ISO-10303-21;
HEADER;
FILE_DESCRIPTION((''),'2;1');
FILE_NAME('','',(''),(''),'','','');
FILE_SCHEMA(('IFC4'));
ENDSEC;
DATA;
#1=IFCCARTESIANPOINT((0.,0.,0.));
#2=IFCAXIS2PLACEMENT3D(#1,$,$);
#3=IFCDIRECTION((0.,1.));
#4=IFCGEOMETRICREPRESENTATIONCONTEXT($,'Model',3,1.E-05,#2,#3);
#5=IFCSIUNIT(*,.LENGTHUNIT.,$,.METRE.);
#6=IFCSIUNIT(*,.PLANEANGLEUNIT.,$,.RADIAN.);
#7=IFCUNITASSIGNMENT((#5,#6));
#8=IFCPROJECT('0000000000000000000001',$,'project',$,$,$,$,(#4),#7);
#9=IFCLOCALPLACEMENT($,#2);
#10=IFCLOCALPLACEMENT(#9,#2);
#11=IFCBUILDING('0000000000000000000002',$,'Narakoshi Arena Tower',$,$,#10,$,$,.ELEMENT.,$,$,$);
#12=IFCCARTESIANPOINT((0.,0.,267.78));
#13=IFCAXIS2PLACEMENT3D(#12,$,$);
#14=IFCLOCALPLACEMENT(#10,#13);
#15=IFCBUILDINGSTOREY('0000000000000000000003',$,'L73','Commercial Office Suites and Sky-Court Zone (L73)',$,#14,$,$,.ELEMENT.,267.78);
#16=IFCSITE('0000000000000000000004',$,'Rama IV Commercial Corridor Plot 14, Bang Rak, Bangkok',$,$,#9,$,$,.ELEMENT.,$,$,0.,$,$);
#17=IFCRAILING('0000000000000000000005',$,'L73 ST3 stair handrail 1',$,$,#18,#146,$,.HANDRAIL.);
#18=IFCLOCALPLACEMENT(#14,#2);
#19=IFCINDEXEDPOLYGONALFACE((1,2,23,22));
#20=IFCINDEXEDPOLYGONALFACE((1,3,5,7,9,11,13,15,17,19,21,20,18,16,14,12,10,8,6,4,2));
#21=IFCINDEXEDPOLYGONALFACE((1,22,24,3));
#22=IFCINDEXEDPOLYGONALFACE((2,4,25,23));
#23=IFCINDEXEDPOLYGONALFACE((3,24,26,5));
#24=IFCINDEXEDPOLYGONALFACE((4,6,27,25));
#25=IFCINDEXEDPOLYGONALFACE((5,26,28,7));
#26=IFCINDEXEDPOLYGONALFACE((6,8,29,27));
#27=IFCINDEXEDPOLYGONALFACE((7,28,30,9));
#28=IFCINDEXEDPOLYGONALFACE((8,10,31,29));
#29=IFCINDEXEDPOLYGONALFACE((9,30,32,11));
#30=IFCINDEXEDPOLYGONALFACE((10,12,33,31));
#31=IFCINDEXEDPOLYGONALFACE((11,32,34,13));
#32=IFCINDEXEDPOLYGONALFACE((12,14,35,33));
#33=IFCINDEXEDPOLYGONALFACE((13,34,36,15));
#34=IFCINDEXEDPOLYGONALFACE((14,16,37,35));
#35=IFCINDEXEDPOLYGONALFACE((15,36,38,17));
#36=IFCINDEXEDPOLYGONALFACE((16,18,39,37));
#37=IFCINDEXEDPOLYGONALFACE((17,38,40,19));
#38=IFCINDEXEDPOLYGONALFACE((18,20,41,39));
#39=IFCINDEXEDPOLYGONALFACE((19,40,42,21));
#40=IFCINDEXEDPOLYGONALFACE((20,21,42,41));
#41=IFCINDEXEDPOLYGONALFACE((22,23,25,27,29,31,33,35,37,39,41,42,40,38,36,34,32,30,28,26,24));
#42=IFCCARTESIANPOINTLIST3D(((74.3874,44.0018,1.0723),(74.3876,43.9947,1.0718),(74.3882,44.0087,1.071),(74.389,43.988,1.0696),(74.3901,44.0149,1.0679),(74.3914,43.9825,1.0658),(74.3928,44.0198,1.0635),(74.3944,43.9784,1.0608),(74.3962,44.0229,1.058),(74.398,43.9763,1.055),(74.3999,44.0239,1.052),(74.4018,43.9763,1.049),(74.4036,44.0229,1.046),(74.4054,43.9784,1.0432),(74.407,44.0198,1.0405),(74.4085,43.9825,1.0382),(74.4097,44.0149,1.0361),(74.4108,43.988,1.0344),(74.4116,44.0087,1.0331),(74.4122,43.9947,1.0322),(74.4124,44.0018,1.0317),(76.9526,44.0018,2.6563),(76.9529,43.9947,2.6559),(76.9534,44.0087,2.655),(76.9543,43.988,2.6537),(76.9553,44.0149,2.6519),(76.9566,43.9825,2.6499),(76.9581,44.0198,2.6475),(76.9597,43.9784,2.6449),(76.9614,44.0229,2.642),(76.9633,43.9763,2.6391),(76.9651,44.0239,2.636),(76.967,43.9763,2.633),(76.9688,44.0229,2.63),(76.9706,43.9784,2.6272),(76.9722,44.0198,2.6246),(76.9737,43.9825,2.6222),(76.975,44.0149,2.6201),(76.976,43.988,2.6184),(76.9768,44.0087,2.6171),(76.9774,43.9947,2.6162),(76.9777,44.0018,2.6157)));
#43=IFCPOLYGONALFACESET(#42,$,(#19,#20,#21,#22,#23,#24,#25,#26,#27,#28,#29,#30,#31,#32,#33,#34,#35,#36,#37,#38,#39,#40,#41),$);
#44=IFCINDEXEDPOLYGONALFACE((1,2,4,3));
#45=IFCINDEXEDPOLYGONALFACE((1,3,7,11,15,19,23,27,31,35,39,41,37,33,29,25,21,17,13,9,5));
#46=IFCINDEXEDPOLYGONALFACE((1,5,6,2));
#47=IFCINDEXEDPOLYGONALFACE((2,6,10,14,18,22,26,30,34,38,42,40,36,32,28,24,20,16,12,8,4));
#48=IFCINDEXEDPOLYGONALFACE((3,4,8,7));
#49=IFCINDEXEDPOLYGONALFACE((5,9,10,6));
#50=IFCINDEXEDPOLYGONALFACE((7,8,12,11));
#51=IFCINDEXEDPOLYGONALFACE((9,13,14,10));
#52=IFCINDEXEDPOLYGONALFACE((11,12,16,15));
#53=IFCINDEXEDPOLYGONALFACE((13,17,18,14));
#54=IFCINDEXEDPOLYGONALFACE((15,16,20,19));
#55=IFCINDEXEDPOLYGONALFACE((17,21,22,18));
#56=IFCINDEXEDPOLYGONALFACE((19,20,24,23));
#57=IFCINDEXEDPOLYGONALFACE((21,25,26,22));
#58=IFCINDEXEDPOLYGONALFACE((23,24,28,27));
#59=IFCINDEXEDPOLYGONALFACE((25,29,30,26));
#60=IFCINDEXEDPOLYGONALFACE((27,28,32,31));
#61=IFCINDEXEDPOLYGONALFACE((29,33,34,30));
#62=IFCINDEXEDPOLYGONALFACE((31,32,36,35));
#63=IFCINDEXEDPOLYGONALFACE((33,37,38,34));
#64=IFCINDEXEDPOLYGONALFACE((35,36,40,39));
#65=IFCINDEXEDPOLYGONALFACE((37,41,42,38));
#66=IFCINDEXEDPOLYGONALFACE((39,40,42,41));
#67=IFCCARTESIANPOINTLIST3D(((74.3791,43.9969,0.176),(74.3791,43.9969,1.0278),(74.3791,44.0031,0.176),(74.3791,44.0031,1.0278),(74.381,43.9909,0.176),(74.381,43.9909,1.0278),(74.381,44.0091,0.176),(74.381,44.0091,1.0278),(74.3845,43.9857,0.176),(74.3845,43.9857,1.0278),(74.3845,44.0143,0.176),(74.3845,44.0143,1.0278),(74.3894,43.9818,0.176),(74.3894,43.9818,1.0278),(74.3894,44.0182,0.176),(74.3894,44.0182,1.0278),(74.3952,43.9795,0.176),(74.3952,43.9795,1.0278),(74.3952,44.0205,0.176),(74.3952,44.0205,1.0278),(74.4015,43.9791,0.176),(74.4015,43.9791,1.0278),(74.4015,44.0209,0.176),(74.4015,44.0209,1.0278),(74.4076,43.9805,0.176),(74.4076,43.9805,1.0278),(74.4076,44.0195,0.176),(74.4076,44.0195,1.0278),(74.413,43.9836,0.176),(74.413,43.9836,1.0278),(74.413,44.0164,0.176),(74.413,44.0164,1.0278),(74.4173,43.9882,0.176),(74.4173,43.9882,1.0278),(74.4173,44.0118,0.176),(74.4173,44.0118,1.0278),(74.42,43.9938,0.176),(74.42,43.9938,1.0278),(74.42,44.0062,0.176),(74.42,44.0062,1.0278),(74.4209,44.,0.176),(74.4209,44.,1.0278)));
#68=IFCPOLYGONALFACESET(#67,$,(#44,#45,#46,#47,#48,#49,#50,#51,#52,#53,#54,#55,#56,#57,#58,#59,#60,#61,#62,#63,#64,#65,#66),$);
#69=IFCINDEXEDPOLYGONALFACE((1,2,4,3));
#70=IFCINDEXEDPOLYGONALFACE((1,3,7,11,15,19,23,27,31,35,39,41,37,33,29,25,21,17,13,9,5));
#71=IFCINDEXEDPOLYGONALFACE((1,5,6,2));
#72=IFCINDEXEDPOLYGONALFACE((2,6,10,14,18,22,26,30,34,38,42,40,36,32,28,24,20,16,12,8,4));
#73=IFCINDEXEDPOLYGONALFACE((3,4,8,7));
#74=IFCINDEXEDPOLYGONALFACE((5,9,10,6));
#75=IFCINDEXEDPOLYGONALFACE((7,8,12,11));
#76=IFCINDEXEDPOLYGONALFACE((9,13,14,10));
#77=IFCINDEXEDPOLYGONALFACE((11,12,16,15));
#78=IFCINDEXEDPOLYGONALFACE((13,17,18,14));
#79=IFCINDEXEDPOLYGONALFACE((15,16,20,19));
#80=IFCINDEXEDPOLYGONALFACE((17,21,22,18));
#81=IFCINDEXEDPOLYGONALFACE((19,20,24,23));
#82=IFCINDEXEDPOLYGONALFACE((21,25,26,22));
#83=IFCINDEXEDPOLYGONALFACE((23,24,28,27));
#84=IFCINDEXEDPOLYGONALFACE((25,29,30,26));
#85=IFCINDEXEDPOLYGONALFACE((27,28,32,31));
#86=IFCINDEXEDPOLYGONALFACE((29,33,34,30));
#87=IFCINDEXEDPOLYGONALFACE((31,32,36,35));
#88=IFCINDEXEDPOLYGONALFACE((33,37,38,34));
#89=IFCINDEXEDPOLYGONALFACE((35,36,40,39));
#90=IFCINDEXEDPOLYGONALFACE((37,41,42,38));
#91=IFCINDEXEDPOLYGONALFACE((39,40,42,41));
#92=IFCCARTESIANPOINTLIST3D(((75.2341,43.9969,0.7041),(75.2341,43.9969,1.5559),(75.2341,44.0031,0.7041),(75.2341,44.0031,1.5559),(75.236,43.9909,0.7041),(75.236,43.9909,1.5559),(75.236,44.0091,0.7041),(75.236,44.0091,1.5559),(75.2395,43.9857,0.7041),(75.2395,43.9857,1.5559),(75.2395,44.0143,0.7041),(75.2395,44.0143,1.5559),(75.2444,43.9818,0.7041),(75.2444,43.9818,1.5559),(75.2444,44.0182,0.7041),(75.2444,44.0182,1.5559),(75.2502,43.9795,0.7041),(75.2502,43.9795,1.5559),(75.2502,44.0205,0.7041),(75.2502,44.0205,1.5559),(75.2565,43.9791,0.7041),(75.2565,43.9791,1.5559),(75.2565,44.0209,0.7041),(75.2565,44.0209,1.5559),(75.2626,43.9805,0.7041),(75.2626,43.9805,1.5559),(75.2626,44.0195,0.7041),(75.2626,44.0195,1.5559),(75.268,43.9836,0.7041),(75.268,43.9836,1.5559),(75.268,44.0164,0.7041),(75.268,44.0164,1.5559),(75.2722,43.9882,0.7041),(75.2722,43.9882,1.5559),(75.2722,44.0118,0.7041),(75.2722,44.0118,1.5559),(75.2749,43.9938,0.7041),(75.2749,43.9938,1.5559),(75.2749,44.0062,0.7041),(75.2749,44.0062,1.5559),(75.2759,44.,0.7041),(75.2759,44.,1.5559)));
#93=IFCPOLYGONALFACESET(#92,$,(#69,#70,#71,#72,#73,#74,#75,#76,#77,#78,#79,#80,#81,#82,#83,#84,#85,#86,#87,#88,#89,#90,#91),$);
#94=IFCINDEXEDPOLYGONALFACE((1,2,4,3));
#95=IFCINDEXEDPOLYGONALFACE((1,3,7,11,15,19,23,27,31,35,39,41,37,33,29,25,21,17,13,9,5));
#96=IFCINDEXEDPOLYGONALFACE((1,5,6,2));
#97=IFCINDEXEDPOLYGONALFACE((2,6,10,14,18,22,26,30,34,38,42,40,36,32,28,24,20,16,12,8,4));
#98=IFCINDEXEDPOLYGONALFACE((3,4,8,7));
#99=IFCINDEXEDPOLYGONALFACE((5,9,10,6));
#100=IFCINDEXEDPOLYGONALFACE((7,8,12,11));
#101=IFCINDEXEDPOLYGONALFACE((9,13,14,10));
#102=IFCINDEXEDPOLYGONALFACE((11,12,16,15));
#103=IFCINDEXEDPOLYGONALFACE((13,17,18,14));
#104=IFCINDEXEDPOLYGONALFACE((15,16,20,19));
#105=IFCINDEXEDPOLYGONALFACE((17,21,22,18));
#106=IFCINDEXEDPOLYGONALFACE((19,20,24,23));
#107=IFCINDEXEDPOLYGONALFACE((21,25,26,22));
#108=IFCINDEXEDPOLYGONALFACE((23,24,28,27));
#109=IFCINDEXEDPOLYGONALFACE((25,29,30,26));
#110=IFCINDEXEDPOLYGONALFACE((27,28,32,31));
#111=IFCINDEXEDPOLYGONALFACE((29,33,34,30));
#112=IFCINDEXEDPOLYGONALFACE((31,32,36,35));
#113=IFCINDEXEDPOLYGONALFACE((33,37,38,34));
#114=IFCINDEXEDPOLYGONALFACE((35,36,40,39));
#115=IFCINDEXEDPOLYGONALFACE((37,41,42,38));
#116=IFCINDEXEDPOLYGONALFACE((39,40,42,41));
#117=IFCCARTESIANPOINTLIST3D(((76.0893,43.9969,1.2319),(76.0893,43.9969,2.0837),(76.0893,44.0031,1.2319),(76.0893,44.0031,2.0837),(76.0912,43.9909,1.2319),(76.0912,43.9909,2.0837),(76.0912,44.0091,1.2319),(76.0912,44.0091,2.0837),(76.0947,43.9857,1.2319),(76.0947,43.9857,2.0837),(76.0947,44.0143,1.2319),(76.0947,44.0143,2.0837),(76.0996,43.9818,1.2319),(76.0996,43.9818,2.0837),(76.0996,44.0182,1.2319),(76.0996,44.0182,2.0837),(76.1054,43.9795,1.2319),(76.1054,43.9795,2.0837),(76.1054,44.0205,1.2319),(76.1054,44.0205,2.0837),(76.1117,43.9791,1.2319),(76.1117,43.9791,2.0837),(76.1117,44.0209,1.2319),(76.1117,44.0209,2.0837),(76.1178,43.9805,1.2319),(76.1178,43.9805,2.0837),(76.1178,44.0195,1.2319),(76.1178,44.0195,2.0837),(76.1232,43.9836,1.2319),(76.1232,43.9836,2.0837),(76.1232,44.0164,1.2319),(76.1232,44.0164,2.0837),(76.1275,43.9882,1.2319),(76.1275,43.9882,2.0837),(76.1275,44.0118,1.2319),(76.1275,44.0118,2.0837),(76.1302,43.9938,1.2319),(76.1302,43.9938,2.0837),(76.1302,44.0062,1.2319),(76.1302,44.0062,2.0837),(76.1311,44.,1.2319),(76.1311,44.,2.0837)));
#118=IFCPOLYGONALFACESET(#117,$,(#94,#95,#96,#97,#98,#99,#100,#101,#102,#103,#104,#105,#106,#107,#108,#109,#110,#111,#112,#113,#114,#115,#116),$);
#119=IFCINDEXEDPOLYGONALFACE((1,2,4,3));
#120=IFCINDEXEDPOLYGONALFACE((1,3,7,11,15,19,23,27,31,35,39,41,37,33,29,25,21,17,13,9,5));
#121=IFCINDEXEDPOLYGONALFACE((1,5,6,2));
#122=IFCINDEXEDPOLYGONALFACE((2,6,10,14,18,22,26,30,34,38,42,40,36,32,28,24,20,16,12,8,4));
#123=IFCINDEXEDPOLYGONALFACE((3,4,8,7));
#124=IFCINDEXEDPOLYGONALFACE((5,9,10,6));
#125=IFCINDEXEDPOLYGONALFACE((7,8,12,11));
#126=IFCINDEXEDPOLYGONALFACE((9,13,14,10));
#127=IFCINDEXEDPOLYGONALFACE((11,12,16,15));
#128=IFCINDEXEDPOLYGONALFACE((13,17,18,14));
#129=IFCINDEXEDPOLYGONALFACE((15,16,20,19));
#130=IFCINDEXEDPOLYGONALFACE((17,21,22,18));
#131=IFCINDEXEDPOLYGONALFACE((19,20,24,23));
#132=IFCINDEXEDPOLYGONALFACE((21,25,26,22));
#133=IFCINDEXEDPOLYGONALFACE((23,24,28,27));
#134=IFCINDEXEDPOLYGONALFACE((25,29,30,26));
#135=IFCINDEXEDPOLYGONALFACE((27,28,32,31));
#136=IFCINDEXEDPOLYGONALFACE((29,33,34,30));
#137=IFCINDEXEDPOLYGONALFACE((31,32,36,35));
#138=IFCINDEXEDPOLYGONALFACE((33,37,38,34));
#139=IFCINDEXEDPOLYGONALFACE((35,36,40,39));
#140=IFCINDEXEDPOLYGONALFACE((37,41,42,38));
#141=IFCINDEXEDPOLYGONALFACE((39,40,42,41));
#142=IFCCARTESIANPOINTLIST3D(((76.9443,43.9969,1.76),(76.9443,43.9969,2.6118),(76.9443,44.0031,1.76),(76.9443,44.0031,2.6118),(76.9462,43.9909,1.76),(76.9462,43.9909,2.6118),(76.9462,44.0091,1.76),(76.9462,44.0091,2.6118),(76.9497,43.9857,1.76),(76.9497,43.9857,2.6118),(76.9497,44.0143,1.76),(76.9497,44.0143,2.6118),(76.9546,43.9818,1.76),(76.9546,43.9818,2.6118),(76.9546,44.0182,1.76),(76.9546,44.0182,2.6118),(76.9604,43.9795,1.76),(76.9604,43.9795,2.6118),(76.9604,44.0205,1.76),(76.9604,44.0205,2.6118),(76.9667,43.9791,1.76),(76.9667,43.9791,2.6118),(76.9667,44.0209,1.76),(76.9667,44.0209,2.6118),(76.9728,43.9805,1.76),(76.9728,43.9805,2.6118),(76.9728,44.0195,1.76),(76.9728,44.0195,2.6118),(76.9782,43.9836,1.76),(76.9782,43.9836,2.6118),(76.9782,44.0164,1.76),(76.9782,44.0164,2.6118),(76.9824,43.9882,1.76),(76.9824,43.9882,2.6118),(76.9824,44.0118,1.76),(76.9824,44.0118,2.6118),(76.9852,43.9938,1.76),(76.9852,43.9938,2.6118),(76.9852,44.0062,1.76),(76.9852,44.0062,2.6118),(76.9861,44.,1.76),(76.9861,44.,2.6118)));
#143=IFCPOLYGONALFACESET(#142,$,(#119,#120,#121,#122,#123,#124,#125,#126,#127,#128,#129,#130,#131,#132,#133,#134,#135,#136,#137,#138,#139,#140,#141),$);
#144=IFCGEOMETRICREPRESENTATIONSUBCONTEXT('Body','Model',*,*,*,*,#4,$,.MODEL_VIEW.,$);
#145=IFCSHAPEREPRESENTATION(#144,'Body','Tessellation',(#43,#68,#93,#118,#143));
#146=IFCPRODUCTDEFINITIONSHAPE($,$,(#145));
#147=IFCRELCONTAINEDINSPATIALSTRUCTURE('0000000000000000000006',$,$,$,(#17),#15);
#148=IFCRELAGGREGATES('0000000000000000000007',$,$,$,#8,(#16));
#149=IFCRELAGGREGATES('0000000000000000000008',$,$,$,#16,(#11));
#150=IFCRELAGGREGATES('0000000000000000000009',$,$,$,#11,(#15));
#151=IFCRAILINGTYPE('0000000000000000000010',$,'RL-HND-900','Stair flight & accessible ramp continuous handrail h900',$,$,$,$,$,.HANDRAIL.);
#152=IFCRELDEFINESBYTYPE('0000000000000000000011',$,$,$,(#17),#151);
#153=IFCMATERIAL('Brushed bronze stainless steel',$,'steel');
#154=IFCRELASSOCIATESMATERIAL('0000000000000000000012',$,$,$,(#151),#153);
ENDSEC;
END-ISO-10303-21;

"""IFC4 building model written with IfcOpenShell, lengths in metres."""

from ifc_helpers import new_model, si_unit, direction, frame, origin, origin_2d, place, context, subcontext, project, spatial, circle, extrude, material, type_object, element, save


model = new_model("IFC4")

# Units and contexts
model_context = context("Model", 3, precision=1e-05, world=origin(), true_north=direction((0.0, 1.0)))
body_context = subcontext(model_context, "Body", "Model", "MODEL_VIEW")
ifc_project = project(units=[si_unit("LENGTHUNIT", "METRE"), si_unit("PLANEANGLEUNIT", "RADIAN")], contexts=[model_context])

# Site, building, storey
site_placement = place(None, origin())
site = spatial("IfcSite", under=ifc_project, at=site_placement, Name="Rama IV Commercial Corridor Plot 14, Bang Rak, Bangkok", CompositionType="ELEMENT", RefElevation=0.0)
building_placement = place(site_placement, origin())
building = spatial("IfcBuilding", under=site, at=building_placement, Name="Narakoshi Arena Tower", CompositionType="ELEMENT")
storey_placement = place(building_placement, frame((0.0, 0.0, 267.78)))
storey = spatial("IfcBuildingStorey", under=building, at=storey_placement, Name="L73", Description="Commercial Office Suites and Sky-Court Zone (L73)", CompositionType="ELEMENT", Elevation=267.78)

# Railing
ifc_material_1 = material(Name="Brushed bronze stainless steel", Category="steel")
railing_type_1 = type_object("IfcRailingType", Name="RL-HND-900", Description="Stair flight & accessible ramp continuous handrail h900", PredefinedType="HANDRAIL", material=ifc_material_1)
railing_1_placement = place(storey_placement, frame((74.3999, 44.0, 0.176)))
element("IfcRailing", 1, at=railing_1_placement, inside=storey, type_object=railing_type_1, Name="L73 ST3 stair handrail 1", PredefinedType="HANDRAIL", context=body_context, shape_type="SweptSolid", body=[
    extrude(circle(Radius=0.0239, at=origin_2d()), frame((0.0, 0.0, 0.876), z_axis=(0.850857, 0.0, 0.525398), x_axis=(0.0, 1.0, 0.0)), (0.0, 0.0, 1.0), 3.0149),
    extrude(circle(Radius=0.021, at=origin_2d()), origin(), (0.0, 0.0, 1.0), 0.8518),
    extrude(circle(Radius=0.021, at=origin_2d()), frame((0.855, 0.0, 0.5281)), (0.0, 0.0, 1.0), 0.8518),
    extrude(circle(Radius=0.021, at=origin_2d()), frame((1.7102, 0.0, 1.0559)), (0.0, 0.0, 1.0), 0.8518),
    extrude(circle(Radius=0.021, at=origin_2d()), frame((2.5652, 0.0, 1.584)), (0.0, 0.0, 1.0), 0.8518),
])

save(model, "model.ifc")
